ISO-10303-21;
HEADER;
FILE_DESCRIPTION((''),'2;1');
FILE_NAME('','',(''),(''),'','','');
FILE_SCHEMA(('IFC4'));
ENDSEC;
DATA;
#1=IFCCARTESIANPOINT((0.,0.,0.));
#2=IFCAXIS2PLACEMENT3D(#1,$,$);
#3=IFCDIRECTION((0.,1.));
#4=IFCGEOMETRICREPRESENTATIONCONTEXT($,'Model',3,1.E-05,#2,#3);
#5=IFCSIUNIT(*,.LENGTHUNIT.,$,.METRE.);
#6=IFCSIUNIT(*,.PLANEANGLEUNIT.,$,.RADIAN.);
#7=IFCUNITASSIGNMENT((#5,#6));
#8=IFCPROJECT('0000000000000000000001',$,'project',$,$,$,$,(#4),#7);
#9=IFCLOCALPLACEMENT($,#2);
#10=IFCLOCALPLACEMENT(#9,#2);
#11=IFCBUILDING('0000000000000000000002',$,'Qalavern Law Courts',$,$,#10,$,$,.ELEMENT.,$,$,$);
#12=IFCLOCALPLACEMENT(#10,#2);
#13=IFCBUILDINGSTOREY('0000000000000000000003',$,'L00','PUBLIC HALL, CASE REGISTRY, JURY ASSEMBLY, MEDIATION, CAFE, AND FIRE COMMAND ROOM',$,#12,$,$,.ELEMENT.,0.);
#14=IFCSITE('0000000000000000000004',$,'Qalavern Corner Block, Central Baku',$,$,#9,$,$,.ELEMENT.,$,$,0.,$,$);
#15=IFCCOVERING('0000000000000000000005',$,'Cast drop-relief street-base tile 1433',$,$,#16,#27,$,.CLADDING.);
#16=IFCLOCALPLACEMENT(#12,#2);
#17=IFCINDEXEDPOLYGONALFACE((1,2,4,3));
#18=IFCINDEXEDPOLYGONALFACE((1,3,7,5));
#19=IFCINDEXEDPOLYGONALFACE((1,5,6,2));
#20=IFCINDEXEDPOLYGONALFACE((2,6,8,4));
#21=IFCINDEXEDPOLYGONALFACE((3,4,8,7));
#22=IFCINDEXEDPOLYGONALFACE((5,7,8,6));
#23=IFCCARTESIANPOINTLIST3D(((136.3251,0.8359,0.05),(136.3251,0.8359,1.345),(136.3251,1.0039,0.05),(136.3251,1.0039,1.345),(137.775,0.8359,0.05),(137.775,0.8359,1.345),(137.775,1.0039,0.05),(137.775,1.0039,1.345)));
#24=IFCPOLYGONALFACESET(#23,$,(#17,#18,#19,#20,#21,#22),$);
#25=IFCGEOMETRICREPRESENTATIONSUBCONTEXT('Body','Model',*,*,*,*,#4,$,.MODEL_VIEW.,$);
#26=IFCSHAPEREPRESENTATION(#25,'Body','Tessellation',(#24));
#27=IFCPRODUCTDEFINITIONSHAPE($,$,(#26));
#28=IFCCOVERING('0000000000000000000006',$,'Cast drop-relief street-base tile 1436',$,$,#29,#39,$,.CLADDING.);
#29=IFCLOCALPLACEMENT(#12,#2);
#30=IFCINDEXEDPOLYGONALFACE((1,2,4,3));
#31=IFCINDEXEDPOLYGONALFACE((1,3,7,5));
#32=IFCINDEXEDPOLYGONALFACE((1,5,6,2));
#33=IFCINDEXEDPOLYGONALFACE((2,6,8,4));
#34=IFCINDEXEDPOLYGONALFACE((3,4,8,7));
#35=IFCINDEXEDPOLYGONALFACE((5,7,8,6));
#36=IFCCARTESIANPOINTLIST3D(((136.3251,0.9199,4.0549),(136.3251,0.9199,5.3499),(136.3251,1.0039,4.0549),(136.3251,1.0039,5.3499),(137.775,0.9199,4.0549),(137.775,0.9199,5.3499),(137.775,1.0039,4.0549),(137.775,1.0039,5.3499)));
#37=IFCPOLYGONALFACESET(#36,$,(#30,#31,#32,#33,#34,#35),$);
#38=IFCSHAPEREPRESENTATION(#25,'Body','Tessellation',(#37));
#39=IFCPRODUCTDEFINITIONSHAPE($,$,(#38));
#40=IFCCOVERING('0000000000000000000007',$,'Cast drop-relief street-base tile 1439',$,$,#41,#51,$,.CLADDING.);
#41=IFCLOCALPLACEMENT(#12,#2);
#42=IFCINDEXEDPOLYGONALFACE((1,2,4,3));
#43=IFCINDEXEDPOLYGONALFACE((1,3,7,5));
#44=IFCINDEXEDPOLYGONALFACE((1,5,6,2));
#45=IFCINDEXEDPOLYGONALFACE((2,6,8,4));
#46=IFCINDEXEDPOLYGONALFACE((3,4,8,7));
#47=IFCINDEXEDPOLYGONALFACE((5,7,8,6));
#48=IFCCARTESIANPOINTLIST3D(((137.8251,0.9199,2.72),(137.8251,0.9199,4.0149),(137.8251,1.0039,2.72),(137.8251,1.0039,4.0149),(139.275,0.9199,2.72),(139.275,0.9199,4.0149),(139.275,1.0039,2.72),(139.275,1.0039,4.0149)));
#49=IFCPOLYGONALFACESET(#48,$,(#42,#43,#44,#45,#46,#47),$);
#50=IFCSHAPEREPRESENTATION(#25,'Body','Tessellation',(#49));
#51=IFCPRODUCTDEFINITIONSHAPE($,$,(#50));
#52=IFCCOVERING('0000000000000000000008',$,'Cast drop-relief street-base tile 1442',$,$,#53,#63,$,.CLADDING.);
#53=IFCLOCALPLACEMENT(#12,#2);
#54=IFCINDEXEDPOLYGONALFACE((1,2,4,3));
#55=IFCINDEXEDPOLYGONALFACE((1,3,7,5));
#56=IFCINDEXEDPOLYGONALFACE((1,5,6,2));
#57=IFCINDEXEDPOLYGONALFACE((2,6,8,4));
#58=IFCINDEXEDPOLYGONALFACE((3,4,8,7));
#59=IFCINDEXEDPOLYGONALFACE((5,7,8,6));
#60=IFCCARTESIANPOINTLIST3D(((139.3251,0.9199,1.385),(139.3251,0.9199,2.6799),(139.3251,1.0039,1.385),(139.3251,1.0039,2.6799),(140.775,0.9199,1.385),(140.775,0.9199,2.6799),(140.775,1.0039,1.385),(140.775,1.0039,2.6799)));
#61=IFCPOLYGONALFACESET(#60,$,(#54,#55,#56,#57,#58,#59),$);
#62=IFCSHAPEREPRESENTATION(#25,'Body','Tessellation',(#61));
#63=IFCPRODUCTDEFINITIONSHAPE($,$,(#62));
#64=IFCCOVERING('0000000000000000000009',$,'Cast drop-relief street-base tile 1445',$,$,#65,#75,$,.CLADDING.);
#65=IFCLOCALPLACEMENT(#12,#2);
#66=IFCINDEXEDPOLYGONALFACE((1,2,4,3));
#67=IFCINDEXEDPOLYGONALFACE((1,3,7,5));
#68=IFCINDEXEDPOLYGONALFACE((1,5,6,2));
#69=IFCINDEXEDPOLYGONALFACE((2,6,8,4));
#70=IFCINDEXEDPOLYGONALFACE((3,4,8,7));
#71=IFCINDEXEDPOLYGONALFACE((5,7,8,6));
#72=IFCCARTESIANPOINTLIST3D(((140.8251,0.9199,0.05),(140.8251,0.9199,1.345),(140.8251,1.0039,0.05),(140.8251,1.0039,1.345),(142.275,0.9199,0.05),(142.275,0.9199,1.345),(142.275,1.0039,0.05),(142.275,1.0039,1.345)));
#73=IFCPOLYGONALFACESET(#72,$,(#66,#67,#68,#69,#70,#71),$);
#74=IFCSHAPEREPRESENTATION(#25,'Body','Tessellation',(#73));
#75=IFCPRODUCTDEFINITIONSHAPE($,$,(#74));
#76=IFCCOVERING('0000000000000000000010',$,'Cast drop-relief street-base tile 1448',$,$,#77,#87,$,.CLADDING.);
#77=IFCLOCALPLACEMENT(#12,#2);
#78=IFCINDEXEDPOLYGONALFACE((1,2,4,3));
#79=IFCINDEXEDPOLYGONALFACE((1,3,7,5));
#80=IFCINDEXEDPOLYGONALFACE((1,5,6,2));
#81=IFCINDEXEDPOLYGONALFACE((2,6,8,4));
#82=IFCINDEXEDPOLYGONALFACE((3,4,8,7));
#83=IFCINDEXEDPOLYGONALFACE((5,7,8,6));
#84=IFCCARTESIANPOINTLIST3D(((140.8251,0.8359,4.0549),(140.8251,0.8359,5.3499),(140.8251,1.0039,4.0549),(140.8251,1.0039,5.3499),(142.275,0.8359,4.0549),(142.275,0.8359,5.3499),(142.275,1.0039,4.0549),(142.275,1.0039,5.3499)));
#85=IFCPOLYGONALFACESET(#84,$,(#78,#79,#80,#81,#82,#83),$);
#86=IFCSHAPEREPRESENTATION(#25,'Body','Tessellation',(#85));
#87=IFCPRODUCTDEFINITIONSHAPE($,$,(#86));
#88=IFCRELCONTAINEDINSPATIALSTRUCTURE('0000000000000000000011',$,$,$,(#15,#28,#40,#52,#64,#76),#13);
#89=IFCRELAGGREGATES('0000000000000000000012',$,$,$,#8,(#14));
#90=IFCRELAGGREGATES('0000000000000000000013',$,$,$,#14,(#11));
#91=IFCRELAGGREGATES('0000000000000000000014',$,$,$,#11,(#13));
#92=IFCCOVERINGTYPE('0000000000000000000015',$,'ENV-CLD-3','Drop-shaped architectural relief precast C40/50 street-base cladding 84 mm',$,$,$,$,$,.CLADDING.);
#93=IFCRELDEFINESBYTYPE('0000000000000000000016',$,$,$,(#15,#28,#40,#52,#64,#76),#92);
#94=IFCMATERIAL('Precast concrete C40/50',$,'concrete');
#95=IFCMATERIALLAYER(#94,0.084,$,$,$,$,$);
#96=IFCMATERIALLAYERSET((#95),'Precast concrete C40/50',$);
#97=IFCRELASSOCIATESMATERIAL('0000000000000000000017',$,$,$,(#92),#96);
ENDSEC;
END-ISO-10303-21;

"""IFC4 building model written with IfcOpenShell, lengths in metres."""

from ifc_helpers import new_model, si_unit, direction, frame, origin, origin_2d, place, context, subcontext, project, spatial, rectangle, extrude, material, layer, layer_set, type_object, element, save


model = new_model("IFC4")

# Units and contexts
model_context = context("Model", 3, precision=1e-05, world=origin(), true_north=direction((0.0, 1.0)))
body_context = subcontext(model_context, "Body", "Model", "MODEL_VIEW")
ifc_project = project(units=[si_unit("LENGTHUNIT", "METRE"), si_unit("PLANEANGLEUNIT", "RADIAN")], contexts=[model_context])

# Site, building, storey
site_placement = place(None, origin())
site = spatial("IfcSite", under=ifc_project, at=site_placement, Name="Qalavern Corner Block, Central Baku", CompositionType="ELEMENT", RefElevation=0.0)
building_placement = place(site_placement, origin())
building = spatial("IfcBuilding", under=site, at=building_placement, Name="Qalavern Law Courts", CompositionType="ELEMENT")
storey_placement = place(building_placement, origin())
storey = spatial("IfcBuildingStorey", under=building, at=storey_placement, Name="L00", Description="PUBLIC HALL, CASE REGISTRY, JURY ASSEMBLY, MEDIATION, CAFE, AND FIRE COMMAND ROOM", CompositionType="ELEMENT", Elevation=0.0)

# Coverings
ifc_material_1 = material(Name="Precast concrete C40/50", Category="concrete")
ifc_layer_1 = layer(ifc_material_1, 0.084)
ifc_layer_set_1 = layer_set([ifc_layer_1], Name="Precast concrete C40/50")
covering_type_1 = type_object("IfcCoveringType", Name="ENV-CLD-3", Description="Drop-shaped architectural relief precast C40/50 street-base cladding 84 mm", PredefinedType="CLADDING", material=ifc_layer_set_1)
for number, where, z_axis, x_axis, name in (
    (1, (137.05, 0.9199, 0.05), (0.0, 0.0, 1.0), (1.0, 0.0, 0.0), "Cast drop-relief street-base tile 1433"),
):
    element("IfcCovering", number, at=place(storey_placement, frame(where, z_axis=z_axis, x_axis=x_axis)), inside=storey, type_object=covering_type_1, Name=name, PredefinedType="CLADDING", context=body_context, shape_type="SweptSolid", body=[
        extrude(rectangle(XDim=1.45, YDim=0.168, at=origin_2d()), origin(), (0.0, 0.0, 1.0), 1.2949),
    ])
for number, where, z_axis, x_axis, name in (
    (2, (137.05, 0.9619, 4.0549), (0.0, 0.0, 1.0), (1.0, 0.0, 0.0), "Cast drop-relief street-base tile 1436"),
    (3, (138.55, 0.9619, 2.72), (0.0, 0.0, 1.0), (1.0, 0.0, 0.0), "Cast drop-relief street-base tile 1439"),
    (4, (140.05, 0.9619, 1.385), (0.0, 0.0, 1.0), (1.0, 0.0, 0.0), "Cast drop-relief street-base tile 1442"),
    (5, (141.55, 0.9619, 0.05), (0.0, 0.0, 1.0), (1.0, 0.0, 0.0), "Cast drop-relief street-base tile 1445"),
):
    element("IfcCovering", number, at=place(storey_placement, frame(where, z_axis=z_axis, x_axis=x_axis)), inside=storey, type_object=covering_type_1, Name=name, PredefinedType="CLADDING", context=body_context, shape_type="SweptSolid", body=[
        extrude(rectangle(XDim=1.45, YDim=0.084, at=origin_2d()), origin(), (0.0, 0.0, 1.0), 1.2949),
    ])
covering_1_placement = place(storey_placement, frame((141.55, 0.9199, 4.0549), z_axis=(0.0, 0.0, 1.0), x_axis=(1.0, 0.0, 0.0)))
element("IfcCovering", 6, at=covering_1_placement, inside=storey, type_object=covering_type_1, Name="Cast drop-relief street-base tile 1448", PredefinedType="CLADDING", context=body_context, shape_type="SweptSolid", body=[
    extrude(rectangle(XDim=1.45, YDim=0.168, at=origin_2d()), origin(), (0.0, 0.0, 1.0), 1.2949),
])

save(model, "model.ifc")
